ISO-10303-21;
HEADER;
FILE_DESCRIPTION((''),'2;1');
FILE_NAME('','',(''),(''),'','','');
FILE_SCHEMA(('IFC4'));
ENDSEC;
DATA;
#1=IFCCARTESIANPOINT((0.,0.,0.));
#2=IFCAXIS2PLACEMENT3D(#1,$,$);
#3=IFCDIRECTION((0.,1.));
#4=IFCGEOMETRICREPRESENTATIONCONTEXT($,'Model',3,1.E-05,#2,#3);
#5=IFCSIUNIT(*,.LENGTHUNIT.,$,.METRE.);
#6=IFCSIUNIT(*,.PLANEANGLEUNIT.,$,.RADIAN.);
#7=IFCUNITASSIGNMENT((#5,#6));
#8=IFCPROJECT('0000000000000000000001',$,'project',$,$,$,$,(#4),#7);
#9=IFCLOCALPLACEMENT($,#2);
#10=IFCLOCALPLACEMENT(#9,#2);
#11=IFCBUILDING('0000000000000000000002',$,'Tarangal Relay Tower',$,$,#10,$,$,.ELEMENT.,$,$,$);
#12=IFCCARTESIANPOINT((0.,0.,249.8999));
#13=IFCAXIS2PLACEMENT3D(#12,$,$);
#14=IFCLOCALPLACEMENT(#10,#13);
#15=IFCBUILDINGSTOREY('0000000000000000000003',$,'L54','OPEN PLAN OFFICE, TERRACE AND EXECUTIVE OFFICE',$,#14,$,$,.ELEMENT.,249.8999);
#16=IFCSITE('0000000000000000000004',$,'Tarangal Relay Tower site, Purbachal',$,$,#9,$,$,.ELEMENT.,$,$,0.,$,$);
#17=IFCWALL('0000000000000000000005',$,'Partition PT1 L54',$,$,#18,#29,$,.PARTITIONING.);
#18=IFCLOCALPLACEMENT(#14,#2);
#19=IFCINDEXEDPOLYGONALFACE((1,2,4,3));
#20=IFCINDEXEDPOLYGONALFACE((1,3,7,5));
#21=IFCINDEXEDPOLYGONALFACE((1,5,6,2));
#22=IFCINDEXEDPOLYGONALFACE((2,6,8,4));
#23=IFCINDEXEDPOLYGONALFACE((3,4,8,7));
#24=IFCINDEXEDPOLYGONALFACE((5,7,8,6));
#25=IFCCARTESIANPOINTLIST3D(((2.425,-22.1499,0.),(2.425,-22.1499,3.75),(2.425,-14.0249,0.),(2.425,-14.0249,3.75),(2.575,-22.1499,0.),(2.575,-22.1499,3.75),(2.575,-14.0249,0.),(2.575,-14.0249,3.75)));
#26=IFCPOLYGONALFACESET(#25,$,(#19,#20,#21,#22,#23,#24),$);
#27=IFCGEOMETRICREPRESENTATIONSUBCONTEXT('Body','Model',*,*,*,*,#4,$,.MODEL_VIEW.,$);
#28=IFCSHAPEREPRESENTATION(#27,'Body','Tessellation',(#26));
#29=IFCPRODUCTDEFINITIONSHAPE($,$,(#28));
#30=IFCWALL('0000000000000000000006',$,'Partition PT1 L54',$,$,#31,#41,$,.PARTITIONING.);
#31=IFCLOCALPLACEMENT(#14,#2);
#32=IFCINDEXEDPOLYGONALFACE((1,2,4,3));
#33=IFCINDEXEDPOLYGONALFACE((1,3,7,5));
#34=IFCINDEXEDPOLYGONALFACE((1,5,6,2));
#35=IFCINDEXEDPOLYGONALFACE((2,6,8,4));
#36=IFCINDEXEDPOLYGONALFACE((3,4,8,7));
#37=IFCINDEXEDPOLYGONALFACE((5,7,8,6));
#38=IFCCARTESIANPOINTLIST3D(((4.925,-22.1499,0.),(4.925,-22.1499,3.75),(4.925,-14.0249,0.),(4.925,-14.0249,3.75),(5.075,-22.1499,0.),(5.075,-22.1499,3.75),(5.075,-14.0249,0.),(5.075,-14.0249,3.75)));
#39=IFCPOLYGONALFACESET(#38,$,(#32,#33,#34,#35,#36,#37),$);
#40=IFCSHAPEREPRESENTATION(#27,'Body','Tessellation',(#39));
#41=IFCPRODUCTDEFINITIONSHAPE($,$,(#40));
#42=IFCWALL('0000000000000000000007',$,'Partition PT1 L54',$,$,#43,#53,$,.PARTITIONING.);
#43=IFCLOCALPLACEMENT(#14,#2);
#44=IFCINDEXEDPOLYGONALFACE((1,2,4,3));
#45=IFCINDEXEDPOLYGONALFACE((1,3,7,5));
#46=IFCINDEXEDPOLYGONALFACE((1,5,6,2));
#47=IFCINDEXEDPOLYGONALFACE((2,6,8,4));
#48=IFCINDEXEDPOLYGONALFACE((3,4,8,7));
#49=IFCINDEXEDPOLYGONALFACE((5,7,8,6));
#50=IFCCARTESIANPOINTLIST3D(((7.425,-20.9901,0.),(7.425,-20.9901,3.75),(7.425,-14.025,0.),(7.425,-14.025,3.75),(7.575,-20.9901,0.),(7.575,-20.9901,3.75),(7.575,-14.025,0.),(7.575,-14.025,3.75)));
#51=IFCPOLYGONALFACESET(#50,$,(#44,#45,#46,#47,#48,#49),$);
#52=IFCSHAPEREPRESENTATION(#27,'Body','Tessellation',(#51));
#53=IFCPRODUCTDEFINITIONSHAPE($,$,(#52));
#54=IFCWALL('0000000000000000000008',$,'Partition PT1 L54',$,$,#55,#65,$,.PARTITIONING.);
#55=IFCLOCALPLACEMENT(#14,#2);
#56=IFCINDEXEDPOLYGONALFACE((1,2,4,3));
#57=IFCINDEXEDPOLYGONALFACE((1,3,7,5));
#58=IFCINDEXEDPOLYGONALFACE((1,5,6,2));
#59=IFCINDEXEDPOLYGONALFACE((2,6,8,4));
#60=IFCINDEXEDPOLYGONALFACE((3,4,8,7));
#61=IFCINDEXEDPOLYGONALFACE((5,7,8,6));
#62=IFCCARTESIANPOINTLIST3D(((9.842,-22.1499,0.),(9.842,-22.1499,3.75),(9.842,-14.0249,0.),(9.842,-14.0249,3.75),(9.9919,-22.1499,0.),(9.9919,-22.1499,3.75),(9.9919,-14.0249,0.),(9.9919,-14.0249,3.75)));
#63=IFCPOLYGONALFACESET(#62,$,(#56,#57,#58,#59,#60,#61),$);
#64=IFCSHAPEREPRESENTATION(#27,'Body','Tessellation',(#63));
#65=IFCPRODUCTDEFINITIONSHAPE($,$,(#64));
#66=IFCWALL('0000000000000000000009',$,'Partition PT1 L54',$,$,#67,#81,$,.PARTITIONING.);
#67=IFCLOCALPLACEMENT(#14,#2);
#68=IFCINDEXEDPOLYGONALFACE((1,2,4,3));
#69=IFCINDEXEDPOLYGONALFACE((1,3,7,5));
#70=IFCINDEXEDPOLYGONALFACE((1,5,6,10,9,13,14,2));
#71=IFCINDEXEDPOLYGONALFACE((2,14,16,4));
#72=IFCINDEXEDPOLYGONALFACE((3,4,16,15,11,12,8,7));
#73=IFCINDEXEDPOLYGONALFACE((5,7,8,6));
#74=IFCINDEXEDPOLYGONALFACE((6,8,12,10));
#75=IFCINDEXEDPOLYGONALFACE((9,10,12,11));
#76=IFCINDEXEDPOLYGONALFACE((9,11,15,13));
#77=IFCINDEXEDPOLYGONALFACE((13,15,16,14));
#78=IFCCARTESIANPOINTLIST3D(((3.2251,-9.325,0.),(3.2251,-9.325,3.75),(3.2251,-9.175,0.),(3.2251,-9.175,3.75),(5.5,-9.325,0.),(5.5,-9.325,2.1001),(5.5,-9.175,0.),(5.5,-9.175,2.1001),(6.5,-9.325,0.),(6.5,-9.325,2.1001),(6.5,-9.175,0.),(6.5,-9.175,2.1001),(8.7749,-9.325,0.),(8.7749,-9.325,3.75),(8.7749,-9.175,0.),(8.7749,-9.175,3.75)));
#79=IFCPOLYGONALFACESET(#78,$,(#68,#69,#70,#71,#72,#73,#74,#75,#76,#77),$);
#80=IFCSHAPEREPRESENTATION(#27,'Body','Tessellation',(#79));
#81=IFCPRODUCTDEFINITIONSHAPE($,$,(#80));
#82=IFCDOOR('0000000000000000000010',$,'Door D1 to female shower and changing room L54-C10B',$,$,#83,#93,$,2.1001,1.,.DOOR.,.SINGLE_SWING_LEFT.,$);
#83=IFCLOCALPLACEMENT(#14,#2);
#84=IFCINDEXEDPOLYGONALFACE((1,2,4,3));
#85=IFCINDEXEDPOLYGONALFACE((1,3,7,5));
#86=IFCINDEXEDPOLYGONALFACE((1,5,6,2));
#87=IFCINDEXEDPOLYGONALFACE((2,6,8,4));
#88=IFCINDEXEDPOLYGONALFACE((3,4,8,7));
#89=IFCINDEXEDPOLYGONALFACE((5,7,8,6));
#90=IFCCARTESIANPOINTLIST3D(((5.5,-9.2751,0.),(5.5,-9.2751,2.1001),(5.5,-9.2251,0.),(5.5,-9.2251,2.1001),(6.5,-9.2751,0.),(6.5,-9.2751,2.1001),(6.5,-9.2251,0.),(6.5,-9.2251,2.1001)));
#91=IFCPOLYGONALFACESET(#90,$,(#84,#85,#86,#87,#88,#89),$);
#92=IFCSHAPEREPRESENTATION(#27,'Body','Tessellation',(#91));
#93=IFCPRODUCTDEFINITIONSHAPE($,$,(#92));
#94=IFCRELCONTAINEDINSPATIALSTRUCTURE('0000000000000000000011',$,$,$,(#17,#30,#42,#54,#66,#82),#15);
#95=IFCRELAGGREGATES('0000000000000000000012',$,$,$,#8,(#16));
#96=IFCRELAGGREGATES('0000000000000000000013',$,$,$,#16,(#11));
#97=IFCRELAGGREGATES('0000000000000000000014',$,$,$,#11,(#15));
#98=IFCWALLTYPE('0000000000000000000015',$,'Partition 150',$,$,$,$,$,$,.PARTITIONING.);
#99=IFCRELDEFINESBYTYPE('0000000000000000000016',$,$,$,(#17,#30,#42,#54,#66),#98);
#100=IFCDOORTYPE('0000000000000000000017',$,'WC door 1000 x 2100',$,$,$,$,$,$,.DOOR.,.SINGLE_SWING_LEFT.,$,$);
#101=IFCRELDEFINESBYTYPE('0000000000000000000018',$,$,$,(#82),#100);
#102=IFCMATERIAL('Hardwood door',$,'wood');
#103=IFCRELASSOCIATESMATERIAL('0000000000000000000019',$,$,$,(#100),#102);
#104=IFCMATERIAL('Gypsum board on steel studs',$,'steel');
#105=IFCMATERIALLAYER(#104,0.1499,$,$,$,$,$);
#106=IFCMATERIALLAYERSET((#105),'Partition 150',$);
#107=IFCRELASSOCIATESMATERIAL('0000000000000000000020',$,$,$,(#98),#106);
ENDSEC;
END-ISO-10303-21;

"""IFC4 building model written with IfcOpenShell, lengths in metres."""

from ifc_helpers import new_model, si_unit, direction, frame, frame_2d, origin, place, context, subcontext, project, spatial, rectangle, extrude, material, layer, layer_set, type_object, element, fill, save


model = new_model("IFC4")

# Units and contexts
model_context = context("Model", 3, precision=1e-05, world=origin(), true_north=direction((0.0, 1.0)))
body_context = subcontext(model_context, "Body", "Model", "MODEL_VIEW")
ifc_project = project(units=[si_unit("LENGTHUNIT", "METRE"), si_unit("PLANEANGLEUNIT", "RADIAN")], contexts=[model_context])

# Site, building, storey
site_placement = place(None, origin())
site = spatial("IfcSite", under=ifc_project, at=site_placement, Name="Tarangal Relay Tower site, Purbachal", CompositionType="ELEMENT", RefElevation=0.0)
building_placement = place(site_placement, origin())
building = spatial("IfcBuilding", under=site, at=building_placement, Name="Tarangal Relay Tower", CompositionType="ELEMENT")
storey_placement = place(building_placement, frame((0.0, 0.0, 249.8999)))
storey = spatial("IfcBuildingStorey", under=building, at=storey_placement, Name="L54", Description="OPEN PLAN OFFICE, TERRACE AND EXECUTIVE OFFICE", CompositionType="ELEMENT", Elevation=249.8999)

# Shared definitions
ifc_material_1 = material(Name="Hardwood door", Category="wood")
door_type = type_object("IfcDoorType", Name="WC door 1000 x 2100", OperationType="SINGLE_SWING_LEFT", PredefinedType="DOOR", material=ifc_material_1)

# Walls
ifc_material_2 = material(Name="Gypsum board on steel studs", Category="steel")
ifc_layer_1 = layer(ifc_material_2, 0.1499)
ifc_layer_set_1 = layer_set([ifc_layer_1], Name="Partition 150")
wall_type_1 = type_object("IfcWallType", Name="Partition 150", PredefinedType="PARTITIONING", material=ifc_layer_set_1)
for number, where, z_axis, x_axis, name in (
    (1, (2.5, -22.1499, 0.0), (0.0, 0.0, 1.0), (0.0, 1.0, 0.0), "Partition PT1 L54"),
    (2, (5.0, -22.1499, 0.0), (0.0, 0.0, 1.0), (0.0, 1.0, 0.0), "Partition PT1 L54"),
):
    element("IfcWall", number, at=place(storey_placement, frame(where, z_axis=z_axis, x_axis=x_axis)), inside=storey, type_object=wall_type_1, Name=name, PredefinedType="PARTITIONING", context=body_context, shape_type="SweptSolid", body=[
        extrude(rectangle(XDim=8.125, YDim=0.1499, at=frame_2d((4.0625, 0.0))), origin(), (0.0, 0.0, 1.0), 3.75),
    ])
wall_1_placement = place(storey_placement, frame((7.5, -20.99, 0.0), z_axis=(0.0, 0.0, 1.0), x_axis=(0.0, 1.0, 0.0)))
element("IfcWall", 3, at=wall_1_placement, inside=storey, type_object=wall_type_1, Name="Partition PT1 L54", PredefinedType="PARTITIONING", context=body_context, shape_type="SweptSolid", body=[
    extrude(rectangle(XDim=6.9651, YDim=0.1499, at=frame_2d((3.4824, 0.0))), origin(), (0.0, 0.0, 1.0), 3.75),
])
wall_2_placement = place(storey_placement, frame((9.917, -22.1499, 0.0), z_axis=(0.0, 0.0, 1.0), x_axis=(0.0, 1.0, 0.0)))
element("IfcWall", 4, at=wall_2_placement, inside=storey, type_object=wall_type_1, Name="Partition PT1 L54", PredefinedType="PARTITIONING", context=body_context, shape_type="SweptSolid", body=[
    extrude(rectangle(XDim=8.125, YDim=0.1499, at=frame_2d((4.0625, 0.0))), origin(), (0.0, 0.0, 1.0), 3.75),
])

# Wall, opening, door
wall_3_placement = place(storey_placement, frame((3.2251, -9.25, 0.0), z_axis=(0.0, 0.0, 1.0), x_axis=(1.0, 0.0, 0.0)))
wall_3 = element("IfcWall", 5, at=wall_3_placement, inside=storey, type_object=wall_type_1, Name="Partition PT1 L54", PredefinedType="PARTITIONING", context=body_context, shape_type="SweptSolid", body=[
    extrude(rectangle(XDim=5.5498, YDim=0.1499, at=frame_2d((2.7749, 0.0))), origin(), (0.0, 0.0, 1.0), 3.75),
])
opening_1_placement = place(wall_3_placement, frame((2.2749, 0.0, 0.0)))
opening_1 = element("IfcOpeningElement", 6, at=opening_1_placement, cuts=wall_3, PredefinedType="OPENING", context=body_context, shape_type="SweptSolid", body=[
    extrude(rectangle(XDim=1.0, YDim=2.1001, at=frame_2d((0.5, 1.05))), frame((0.0, 0.085, 0.0), z_axis=(0.0, -1.0, 0.0), x_axis=(1.0, 0.0, 0.0)), (0.0, 0.0, 1.0), 0.1699),
])
door_1_placement = place(opening_1_placement, origin())
door_1 = element("IfcDoor", 7, at=door_1_placement, inside=storey, type_object=door_type, Name="Door D1 to female shower and changing room L54-C10B", OperationType="SINGLE_SWING_LEFT", OverallHeight=2.1001, OverallWidth=1.0, PredefinedType="DOOR", context=body_context, shape_type="SweptSolid", body=[
    extrude(rectangle(XDim=1.0, YDim=2.1001, at=frame_2d((0.5, 1.05))), frame((0.0, 0.0249, 0.0), z_axis=(0.0, -1.0, 0.0), x_axis=(1.0, 0.0, 0.0)), (0.0, 0.0, 1.0), 0.05),
])
fill(opening_1, door_1)

save(model, "model.ifc")
